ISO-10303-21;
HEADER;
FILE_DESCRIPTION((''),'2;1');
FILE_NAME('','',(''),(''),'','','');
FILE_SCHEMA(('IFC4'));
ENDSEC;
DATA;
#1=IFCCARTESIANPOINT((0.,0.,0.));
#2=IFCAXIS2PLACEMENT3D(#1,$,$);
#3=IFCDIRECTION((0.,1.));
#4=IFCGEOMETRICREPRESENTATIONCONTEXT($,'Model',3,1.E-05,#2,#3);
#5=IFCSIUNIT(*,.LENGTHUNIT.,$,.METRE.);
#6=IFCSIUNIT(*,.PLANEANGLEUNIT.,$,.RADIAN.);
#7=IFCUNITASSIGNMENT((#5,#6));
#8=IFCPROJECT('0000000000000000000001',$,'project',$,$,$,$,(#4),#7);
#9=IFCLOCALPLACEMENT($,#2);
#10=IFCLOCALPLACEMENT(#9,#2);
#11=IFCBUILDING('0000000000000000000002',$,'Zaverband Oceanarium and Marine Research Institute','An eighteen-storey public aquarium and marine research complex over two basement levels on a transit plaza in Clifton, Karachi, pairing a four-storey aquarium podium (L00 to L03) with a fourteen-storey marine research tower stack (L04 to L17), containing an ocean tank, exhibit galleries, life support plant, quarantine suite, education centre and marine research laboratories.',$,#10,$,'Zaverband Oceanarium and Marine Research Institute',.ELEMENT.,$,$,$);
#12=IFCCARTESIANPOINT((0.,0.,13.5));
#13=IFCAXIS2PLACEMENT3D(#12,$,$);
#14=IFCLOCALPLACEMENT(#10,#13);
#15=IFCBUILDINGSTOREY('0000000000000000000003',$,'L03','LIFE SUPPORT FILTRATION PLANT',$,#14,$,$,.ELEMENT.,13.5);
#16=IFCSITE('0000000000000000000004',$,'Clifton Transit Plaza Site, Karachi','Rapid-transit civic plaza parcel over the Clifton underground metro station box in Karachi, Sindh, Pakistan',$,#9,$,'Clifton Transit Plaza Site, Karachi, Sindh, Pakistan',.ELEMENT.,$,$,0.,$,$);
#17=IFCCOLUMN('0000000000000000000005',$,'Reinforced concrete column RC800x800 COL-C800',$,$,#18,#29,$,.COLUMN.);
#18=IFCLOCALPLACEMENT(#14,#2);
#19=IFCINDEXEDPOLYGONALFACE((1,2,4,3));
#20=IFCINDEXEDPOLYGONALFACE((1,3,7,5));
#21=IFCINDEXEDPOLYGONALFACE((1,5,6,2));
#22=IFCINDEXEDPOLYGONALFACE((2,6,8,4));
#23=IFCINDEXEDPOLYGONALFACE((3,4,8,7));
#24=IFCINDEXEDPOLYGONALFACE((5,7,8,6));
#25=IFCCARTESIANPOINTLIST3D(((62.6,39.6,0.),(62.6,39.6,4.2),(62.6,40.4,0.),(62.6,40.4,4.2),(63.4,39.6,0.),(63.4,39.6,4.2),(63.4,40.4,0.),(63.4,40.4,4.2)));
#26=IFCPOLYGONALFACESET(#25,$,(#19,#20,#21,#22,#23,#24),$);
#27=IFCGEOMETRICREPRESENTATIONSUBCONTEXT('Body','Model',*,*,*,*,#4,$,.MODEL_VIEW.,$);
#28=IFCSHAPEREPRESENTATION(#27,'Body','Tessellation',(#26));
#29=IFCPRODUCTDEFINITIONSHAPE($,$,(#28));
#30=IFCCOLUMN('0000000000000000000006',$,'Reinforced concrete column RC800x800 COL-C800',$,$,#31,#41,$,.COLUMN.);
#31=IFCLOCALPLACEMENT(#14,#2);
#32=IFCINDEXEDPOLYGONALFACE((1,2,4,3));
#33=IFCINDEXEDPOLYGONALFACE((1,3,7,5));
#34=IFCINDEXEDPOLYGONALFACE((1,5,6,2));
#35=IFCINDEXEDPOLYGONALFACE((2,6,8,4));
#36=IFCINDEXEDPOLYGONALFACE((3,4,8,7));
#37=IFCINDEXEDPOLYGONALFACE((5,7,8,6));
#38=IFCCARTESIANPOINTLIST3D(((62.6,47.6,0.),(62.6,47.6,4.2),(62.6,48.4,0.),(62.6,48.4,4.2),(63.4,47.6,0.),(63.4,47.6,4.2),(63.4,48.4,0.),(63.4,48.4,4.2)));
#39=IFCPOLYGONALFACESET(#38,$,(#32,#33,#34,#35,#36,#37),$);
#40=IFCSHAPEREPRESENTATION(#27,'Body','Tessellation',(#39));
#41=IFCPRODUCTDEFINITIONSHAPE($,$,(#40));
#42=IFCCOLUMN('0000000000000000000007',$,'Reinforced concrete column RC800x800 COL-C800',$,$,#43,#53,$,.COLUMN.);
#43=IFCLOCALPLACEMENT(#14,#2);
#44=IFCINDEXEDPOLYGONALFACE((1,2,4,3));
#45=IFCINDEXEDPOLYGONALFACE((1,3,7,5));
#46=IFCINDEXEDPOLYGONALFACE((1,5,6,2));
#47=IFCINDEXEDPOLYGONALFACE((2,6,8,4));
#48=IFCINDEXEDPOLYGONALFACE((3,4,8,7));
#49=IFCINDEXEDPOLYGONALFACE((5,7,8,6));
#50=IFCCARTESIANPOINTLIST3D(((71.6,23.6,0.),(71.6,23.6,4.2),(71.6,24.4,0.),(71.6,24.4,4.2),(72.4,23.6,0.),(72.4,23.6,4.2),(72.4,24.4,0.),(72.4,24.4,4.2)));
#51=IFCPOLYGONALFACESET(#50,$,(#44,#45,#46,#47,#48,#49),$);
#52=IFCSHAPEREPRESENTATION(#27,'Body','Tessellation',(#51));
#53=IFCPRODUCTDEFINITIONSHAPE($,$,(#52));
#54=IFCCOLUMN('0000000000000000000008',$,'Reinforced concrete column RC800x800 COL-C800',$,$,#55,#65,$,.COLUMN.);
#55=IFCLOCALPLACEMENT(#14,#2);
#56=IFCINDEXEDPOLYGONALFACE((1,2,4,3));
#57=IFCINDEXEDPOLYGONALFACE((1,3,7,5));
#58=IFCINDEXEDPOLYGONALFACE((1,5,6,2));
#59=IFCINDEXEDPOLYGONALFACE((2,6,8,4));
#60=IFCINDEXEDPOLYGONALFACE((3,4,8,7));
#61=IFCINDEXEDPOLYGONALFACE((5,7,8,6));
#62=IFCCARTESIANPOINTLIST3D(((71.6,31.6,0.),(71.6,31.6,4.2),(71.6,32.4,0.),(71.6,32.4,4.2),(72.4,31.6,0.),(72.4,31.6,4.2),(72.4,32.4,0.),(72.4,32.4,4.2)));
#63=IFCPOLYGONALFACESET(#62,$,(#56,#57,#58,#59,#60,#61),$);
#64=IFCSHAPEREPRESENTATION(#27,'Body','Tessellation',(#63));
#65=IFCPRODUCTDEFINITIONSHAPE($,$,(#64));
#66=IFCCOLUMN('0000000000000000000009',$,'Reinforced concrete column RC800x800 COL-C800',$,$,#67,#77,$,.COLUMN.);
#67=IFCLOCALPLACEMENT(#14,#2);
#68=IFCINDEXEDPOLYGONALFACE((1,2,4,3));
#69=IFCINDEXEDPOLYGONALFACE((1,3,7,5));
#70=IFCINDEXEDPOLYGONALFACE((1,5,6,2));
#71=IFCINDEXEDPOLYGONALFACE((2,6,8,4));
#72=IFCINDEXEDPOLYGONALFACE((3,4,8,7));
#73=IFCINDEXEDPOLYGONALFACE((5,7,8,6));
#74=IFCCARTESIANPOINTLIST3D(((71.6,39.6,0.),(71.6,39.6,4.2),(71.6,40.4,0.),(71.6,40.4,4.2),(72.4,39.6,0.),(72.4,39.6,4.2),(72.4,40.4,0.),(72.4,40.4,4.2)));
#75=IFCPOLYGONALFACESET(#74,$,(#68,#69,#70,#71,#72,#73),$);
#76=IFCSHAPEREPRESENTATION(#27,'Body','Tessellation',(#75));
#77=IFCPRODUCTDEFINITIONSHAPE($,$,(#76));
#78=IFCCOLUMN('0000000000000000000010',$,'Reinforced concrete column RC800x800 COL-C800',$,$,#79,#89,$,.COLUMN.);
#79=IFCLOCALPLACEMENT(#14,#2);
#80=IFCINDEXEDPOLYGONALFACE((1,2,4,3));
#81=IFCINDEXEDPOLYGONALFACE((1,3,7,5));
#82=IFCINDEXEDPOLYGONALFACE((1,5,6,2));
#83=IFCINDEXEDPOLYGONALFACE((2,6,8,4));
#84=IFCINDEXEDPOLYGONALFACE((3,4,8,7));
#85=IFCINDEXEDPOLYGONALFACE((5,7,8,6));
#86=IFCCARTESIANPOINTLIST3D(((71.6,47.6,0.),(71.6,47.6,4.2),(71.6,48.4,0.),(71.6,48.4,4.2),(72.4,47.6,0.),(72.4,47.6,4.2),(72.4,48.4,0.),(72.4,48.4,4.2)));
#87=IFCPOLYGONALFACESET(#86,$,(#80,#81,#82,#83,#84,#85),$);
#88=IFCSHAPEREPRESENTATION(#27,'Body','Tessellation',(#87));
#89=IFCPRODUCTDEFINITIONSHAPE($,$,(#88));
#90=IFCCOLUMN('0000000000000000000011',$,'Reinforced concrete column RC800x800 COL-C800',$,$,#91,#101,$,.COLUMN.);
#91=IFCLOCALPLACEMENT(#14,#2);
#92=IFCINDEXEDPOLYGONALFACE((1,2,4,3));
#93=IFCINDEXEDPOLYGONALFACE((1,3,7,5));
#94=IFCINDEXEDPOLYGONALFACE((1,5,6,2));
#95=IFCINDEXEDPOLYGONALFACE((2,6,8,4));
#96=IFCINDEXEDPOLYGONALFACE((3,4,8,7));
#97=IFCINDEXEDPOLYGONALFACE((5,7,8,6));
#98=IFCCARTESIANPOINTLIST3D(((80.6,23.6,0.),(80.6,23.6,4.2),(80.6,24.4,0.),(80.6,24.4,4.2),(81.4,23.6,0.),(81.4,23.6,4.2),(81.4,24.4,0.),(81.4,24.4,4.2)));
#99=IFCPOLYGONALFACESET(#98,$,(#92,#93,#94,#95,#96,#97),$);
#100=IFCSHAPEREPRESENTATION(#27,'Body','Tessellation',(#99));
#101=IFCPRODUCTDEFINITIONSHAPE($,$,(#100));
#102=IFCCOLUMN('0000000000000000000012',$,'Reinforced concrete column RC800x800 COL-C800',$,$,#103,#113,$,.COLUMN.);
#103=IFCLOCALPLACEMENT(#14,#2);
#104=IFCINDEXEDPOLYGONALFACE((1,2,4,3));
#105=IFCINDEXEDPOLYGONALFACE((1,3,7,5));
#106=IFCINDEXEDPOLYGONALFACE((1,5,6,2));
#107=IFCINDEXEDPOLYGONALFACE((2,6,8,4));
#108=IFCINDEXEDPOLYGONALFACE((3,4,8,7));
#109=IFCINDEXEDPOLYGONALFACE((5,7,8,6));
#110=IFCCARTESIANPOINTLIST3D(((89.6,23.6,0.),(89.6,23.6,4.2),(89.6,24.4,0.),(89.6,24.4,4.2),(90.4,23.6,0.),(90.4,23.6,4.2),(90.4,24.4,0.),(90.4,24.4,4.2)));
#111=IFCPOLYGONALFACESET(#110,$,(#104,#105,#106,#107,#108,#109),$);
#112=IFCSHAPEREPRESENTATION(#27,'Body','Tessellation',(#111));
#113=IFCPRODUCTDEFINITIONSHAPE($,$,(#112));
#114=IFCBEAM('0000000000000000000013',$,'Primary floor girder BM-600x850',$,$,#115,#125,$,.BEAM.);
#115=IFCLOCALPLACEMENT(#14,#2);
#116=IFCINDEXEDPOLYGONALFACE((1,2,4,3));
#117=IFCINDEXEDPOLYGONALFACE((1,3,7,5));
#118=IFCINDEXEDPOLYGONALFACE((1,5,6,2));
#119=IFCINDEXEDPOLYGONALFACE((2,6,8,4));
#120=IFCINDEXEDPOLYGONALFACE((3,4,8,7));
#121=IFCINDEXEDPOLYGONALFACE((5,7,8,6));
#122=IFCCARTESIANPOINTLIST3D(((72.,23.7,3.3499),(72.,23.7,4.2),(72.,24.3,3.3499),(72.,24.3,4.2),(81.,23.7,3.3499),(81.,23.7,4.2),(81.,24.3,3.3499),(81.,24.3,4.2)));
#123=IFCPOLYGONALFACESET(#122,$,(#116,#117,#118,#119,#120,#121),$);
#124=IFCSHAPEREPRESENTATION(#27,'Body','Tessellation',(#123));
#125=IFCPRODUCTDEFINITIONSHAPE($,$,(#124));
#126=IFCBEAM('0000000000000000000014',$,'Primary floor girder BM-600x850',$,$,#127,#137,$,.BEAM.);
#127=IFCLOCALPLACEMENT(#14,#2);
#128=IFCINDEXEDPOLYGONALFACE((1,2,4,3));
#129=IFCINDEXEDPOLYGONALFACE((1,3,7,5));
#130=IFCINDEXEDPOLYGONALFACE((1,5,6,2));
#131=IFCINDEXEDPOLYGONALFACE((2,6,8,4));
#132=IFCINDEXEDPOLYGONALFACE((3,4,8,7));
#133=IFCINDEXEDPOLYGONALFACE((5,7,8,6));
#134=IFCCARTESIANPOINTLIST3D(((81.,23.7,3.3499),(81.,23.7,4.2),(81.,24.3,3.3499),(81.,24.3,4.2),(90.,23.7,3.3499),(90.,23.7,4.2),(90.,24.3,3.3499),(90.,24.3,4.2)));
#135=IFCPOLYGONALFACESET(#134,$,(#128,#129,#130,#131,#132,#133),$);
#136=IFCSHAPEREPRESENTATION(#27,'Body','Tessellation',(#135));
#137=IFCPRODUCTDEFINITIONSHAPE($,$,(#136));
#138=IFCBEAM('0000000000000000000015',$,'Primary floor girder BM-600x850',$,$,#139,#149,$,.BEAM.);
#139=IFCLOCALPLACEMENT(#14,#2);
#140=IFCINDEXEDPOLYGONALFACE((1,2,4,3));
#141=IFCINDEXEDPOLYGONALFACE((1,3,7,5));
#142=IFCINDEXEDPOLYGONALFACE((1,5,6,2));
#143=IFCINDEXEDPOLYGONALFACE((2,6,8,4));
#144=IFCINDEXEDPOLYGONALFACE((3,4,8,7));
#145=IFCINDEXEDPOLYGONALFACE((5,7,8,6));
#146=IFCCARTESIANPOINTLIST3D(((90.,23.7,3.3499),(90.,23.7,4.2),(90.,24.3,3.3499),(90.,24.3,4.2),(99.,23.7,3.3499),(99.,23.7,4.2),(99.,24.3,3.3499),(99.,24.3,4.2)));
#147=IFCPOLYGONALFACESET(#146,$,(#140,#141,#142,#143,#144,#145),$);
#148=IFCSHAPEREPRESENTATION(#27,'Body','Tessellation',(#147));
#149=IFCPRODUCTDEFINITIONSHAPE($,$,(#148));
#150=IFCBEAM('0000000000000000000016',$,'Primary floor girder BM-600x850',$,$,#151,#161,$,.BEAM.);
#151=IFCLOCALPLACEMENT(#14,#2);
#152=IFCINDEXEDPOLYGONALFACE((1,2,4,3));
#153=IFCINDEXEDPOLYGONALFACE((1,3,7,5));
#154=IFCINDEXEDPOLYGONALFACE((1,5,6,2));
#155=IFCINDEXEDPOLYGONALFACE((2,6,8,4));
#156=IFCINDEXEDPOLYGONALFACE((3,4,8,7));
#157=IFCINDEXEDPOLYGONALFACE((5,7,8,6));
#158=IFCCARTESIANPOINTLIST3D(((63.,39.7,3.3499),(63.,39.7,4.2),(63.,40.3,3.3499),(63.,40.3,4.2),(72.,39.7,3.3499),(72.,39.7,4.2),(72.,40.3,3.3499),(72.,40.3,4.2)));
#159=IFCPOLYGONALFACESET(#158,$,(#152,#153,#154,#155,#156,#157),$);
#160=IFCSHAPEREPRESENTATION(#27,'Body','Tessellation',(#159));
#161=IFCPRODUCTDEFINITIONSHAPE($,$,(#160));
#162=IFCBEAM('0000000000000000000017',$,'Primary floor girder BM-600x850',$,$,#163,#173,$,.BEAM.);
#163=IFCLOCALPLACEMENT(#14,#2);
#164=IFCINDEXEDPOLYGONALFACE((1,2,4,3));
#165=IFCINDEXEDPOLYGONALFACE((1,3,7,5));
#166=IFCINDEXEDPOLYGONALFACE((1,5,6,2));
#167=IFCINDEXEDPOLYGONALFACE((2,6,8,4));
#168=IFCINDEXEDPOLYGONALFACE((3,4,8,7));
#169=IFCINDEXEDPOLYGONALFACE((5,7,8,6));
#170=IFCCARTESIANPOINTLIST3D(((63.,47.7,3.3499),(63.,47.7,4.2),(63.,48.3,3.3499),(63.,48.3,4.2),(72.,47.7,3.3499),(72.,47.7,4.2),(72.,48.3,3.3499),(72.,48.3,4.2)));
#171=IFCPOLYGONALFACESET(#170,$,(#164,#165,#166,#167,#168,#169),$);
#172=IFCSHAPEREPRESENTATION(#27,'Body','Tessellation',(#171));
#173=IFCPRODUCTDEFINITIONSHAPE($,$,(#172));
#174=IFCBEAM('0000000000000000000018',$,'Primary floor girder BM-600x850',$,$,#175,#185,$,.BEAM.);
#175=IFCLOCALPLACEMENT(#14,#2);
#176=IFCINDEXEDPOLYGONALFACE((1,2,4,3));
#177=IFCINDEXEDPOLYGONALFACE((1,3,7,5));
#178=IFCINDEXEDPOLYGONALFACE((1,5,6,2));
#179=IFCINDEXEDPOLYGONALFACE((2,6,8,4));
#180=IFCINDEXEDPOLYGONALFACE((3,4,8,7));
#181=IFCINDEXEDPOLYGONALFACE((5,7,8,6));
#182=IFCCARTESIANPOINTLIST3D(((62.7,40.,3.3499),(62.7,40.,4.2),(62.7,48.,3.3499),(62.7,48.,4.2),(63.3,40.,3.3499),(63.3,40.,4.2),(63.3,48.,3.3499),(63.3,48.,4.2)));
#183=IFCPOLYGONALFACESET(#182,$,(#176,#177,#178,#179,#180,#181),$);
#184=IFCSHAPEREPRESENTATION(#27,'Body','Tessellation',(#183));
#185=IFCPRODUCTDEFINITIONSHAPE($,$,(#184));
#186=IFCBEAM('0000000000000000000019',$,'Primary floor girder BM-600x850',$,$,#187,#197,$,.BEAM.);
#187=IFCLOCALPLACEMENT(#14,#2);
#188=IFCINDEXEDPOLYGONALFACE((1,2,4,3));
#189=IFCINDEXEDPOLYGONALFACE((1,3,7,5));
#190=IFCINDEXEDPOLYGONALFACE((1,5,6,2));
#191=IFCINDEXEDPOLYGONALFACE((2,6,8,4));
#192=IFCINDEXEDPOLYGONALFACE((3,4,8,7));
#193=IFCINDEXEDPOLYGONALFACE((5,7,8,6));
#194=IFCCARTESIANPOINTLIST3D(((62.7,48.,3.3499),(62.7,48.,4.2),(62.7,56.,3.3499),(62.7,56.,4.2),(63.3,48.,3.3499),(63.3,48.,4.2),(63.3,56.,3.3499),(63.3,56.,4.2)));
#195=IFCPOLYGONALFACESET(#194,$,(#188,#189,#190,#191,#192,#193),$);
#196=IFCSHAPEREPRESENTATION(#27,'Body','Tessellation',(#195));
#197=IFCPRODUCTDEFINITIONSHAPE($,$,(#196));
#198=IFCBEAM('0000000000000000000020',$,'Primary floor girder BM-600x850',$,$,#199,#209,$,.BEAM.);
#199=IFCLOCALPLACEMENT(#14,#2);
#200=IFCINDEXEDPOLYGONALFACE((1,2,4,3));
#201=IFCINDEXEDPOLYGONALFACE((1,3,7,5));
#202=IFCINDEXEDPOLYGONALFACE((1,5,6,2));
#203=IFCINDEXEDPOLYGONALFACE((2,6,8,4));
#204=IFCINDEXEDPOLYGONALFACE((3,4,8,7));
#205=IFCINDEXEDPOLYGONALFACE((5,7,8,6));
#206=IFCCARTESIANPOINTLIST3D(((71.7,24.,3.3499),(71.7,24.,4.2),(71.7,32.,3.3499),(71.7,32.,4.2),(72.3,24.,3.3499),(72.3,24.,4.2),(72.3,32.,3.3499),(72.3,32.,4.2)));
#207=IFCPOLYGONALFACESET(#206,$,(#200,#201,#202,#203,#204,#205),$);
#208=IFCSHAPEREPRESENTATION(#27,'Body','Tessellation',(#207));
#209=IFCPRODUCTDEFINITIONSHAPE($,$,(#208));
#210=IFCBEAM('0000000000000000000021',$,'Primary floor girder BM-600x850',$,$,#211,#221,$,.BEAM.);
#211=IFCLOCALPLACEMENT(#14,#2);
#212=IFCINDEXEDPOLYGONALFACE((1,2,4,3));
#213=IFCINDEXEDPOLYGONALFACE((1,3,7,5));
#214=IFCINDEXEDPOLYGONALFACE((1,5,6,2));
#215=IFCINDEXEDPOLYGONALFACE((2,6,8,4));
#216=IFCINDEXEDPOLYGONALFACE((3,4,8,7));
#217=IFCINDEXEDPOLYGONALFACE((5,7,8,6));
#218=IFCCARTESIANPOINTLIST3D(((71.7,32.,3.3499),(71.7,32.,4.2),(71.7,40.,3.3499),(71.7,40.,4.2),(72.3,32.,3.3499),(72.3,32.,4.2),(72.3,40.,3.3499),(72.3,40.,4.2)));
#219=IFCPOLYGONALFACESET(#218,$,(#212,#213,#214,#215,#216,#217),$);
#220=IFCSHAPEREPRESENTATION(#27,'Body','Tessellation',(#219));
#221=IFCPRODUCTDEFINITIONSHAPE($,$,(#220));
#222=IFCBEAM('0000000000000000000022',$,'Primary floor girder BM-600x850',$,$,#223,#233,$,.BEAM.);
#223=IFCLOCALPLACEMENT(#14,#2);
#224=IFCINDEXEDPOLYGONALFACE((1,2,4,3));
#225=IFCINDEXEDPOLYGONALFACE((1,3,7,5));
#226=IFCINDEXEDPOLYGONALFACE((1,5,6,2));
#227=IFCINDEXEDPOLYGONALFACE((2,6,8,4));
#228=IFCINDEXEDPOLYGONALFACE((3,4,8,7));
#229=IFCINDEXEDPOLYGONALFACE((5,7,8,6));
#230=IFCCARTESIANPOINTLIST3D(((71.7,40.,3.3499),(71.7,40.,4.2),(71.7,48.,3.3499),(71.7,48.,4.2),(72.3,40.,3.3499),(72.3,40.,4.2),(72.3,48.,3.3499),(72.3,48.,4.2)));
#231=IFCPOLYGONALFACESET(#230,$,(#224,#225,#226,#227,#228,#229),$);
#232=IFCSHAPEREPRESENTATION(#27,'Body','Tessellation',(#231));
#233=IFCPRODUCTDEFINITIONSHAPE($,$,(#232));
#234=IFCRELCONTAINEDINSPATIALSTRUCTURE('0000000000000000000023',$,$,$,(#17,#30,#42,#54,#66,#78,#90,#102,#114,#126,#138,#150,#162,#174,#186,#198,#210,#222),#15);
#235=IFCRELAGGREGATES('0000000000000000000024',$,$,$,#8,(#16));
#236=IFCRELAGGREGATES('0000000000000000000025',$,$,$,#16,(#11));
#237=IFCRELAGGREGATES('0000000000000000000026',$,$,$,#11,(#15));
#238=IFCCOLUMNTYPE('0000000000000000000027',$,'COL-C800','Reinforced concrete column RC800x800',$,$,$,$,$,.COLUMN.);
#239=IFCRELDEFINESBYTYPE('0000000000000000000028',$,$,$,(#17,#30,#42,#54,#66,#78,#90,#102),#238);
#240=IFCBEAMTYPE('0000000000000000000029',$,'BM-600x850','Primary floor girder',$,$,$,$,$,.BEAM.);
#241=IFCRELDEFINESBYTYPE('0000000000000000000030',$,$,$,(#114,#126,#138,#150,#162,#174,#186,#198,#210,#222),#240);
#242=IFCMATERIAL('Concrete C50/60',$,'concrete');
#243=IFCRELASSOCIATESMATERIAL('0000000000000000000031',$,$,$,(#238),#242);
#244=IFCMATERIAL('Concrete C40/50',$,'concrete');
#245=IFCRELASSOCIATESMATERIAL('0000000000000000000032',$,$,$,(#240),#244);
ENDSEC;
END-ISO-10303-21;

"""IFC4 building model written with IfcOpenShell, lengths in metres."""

from ifc_helpers import new_model, si_unit, direction, frame, origin, origin_2d, place, context, subcontext, project, spatial, rectangle, extrude, material, material_profile, profile_set, type_object, element, save


model = new_model("IFC4")

# Units and contexts
model_context = context("Model", 3, precision=1e-05, world=origin(), true_north=direction((0.0, 1.0)))
body_context = subcontext(model_context, "Body", "Model", "MODEL_VIEW")
ifc_project = project(units=[si_unit("LENGTHUNIT", "METRE"), si_unit("PLANEANGLEUNIT", "RADIAN")], contexts=[model_context])

# Site, building, storey
site_placement = place(None, origin())
site = spatial("IfcSite", under=ifc_project, at=site_placement, Name="Clifton Transit Plaza Site, Karachi", Description="Rapid-transit civic plaza parcel over the Clifton underground metro station box in Karachi, Sindh, Pakistan", LongName="Clifton Transit Plaza Site, Karachi, Sindh, Pakistan", CompositionType="ELEMENT", RefElevation=0.0)
building_placement = place(site_placement, origin())
building = spatial("IfcBuilding", under=site, at=building_placement, Name="Zaverband Oceanarium and Marine Research Institute", Description="An eighteen-storey public aquarium and marine research complex over two basement levels on a transit plaza in Clifton, Karachi, pairing a four-storey aquarium podium (L00 to L03) with a fourteen-storey marine research tower stack (L04 to L17), containing an ocean tank, exhibit galleries, life support plant, quarantine suite, education centre and marine research laboratories.", LongName="Zaverband Oceanarium and Marine Research Institute", CompositionType="ELEMENT")
storey_placement = place(building_placement, frame((0.0, 0.0, 13.5)))
storey = spatial("IfcBuildingStorey", under=building, at=storey_placement, Name="L03", Description="LIFE SUPPORT FILTRATION PLANT", CompositionType="ELEMENT", Elevation=13.5)

# Columns
ifc_material_1 = material(Name="Concrete C50/60", Category="concrete")
ifc_material_profile_1 = material_profile(ifc_material_1, rectangle(XDim=0.8, YDim=0.8, at=origin_2d()), Name="RC800x800")
ifc_profile_set_1 = profile_set([ifc_material_profile_1], Name="Concrete C50/60")
column_type = type_object("IfcColumnType", Name="COL-C800", Description="Reinforced concrete column RC800x800", PredefinedType="COLUMN", material=ifc_profile_set_1)
for number, where, z_axis, x_axis, name in (
    (1, (63.0, 40.0, 0.0), (0.0, 0.0, 1.0), (1.0, 0.0, 0.0), "Reinforced concrete column RC800x800 COL-C800"),
    (2, (63.0, 48.0, 0.0), (0.0, 0.0, 1.0), (1.0, 0.0, 0.0), "Reinforced concrete column RC800x800 COL-C800"),
    (3, (72.0, 24.0, 0.0), (0.0, 0.0, 1.0), (1.0, 0.0, 0.0), "Reinforced concrete column RC800x800 COL-C800"),
    (4, (72.0, 32.0, 0.0), (0.0, 0.0, 1.0), (1.0, 0.0, 0.0), "Reinforced concrete column RC800x800 COL-C800"),
    (5, (72.0, 40.0, 0.0), (0.0, 0.0, 1.0), (1.0, 0.0, 0.0), "Reinforced concrete column RC800x800 COL-C800"),
    (6, (72.0, 48.0, 0.0), (0.0, 0.0, 1.0), (1.0, 0.0, 0.0), "Reinforced concrete column RC800x800 COL-C800"),
    (7, (81.0, 24.0, 0.0), (0.0, 0.0, 1.0), (1.0, 0.0, 0.0), "Reinforced concrete column RC800x800 COL-C800"),
    (8, (90.0, 24.0, 0.0), (0.0, 0.0, 1.0), (1.0, 0.0, 0.0), "Reinforced concrete column RC800x800 COL-C800"),
):
    element("IfcColumn", number, at=place(storey_placement, frame(where, z_axis=z_axis, x_axis=x_axis)), inside=storey, type_object=column_type, Name=name, PredefinedType="COLUMN", context=body_context, shape_type="SweptSolid", body=[
        extrude(rectangle(XDim=0.8, YDim=0.8, at=origin_2d()), origin(), (0.0, 0.0, 1.0), 4.2),
    ])

# Beams
ifc_material_2 = material(Name="Concrete C40/50", Category="concrete")
ifc_material_profile_2 = material_profile(ifc_material_2, rectangle(XDim=0.6001, YDim=0.8501, at=origin_2d()), Name="RC600x850")
ifc_profile_set_2 = profile_set([ifc_material_profile_2], Name="Concrete C40/50")
beam_type_1 = type_object("IfcBeamType", Name="BM-600x850", Description="Primary floor girder", PredefinedType="BEAM", material=ifc_profile_set_2)
for number, where, z_axis, x_axis, name in (
    (9, (72.0, 24.0, 3.7749), (1.0, 0.0, 0.0), (0.0, 1.0, 0.0), "Primary floor girder BM-600x850"),
    (10, (81.0, 24.0, 3.7749), (1.0, 0.0, 0.0), (0.0, 1.0, 0.0), "Primary floor girder BM-600x850"),
    (11, (90.0, 24.0, 3.7749), (1.0, 0.0, 0.0), (0.0, 1.0, 0.0), "Primary floor girder BM-600x850"),
    (12, (63.0, 40.0, 3.7749), (1.0, 0.0, 0.0), (0.0, 1.0, 0.0), "Primary floor girder BM-600x850"),
    (13, (63.0, 48.0, 3.7749), (1.0, 0.0, 0.0), (0.0, 1.0, 0.0), "Primary floor girder BM-600x850"),
):
    element("IfcBeam", number, at=place(storey_placement, frame(where, z_axis=z_axis, x_axis=x_axis)), inside=storey, type_object=beam_type_1, Name=name, PredefinedType="BEAM", context=body_context, shape_type="SweptSolid", body=[
        extrude(rectangle(XDim=0.6001, YDim=0.8501, at=origin_2d()), origin(), (0.0, 0.0, 1.0), 9.0),
    ])
for number, where, z_axis, x_axis, name in (
    (14, (63.0, 40.0, 3.7749), (0.0, 1.0, 0.0), (-1.0, 0.0, 0.0), "Primary floor girder BM-600x850"),
    (15, (63.0, 48.0, 3.7749), (0.0, 1.0, 0.0), (-1.0, 0.0, 0.0), "Primary floor girder BM-600x850"),
    (16, (72.0, 24.0, 3.7749), (0.0, 1.0, 0.0), (-1.0, 0.0, 0.0), "Primary floor girder BM-600x850"),
    (17, (72.0, 32.0, 3.7749), (0.0, 1.0, 0.0), (-1.0, 0.0, 0.0), "Primary floor girder BM-600x850"),
    (18, (72.0, 40.0, 3.7749), (0.0, 1.0, 0.0), (-1.0, 0.0, 0.0), "Primary floor girder BM-600x850"),
):
    element("IfcBeam", number, at=place(storey_placement, frame(where, z_axis=z_axis, x_axis=x_axis)), inside=storey, type_object=beam_type_1, Name=name, PredefinedType="BEAM", context=body_context, shape_type="SweptSolid", body=[
        extrude(rectangle(XDim=0.6001, YDim=0.8501, at=origin_2d()), origin(), (0.0, 0.0, 1.0), 8.0),
    ])

save(model, "model.ifc")
